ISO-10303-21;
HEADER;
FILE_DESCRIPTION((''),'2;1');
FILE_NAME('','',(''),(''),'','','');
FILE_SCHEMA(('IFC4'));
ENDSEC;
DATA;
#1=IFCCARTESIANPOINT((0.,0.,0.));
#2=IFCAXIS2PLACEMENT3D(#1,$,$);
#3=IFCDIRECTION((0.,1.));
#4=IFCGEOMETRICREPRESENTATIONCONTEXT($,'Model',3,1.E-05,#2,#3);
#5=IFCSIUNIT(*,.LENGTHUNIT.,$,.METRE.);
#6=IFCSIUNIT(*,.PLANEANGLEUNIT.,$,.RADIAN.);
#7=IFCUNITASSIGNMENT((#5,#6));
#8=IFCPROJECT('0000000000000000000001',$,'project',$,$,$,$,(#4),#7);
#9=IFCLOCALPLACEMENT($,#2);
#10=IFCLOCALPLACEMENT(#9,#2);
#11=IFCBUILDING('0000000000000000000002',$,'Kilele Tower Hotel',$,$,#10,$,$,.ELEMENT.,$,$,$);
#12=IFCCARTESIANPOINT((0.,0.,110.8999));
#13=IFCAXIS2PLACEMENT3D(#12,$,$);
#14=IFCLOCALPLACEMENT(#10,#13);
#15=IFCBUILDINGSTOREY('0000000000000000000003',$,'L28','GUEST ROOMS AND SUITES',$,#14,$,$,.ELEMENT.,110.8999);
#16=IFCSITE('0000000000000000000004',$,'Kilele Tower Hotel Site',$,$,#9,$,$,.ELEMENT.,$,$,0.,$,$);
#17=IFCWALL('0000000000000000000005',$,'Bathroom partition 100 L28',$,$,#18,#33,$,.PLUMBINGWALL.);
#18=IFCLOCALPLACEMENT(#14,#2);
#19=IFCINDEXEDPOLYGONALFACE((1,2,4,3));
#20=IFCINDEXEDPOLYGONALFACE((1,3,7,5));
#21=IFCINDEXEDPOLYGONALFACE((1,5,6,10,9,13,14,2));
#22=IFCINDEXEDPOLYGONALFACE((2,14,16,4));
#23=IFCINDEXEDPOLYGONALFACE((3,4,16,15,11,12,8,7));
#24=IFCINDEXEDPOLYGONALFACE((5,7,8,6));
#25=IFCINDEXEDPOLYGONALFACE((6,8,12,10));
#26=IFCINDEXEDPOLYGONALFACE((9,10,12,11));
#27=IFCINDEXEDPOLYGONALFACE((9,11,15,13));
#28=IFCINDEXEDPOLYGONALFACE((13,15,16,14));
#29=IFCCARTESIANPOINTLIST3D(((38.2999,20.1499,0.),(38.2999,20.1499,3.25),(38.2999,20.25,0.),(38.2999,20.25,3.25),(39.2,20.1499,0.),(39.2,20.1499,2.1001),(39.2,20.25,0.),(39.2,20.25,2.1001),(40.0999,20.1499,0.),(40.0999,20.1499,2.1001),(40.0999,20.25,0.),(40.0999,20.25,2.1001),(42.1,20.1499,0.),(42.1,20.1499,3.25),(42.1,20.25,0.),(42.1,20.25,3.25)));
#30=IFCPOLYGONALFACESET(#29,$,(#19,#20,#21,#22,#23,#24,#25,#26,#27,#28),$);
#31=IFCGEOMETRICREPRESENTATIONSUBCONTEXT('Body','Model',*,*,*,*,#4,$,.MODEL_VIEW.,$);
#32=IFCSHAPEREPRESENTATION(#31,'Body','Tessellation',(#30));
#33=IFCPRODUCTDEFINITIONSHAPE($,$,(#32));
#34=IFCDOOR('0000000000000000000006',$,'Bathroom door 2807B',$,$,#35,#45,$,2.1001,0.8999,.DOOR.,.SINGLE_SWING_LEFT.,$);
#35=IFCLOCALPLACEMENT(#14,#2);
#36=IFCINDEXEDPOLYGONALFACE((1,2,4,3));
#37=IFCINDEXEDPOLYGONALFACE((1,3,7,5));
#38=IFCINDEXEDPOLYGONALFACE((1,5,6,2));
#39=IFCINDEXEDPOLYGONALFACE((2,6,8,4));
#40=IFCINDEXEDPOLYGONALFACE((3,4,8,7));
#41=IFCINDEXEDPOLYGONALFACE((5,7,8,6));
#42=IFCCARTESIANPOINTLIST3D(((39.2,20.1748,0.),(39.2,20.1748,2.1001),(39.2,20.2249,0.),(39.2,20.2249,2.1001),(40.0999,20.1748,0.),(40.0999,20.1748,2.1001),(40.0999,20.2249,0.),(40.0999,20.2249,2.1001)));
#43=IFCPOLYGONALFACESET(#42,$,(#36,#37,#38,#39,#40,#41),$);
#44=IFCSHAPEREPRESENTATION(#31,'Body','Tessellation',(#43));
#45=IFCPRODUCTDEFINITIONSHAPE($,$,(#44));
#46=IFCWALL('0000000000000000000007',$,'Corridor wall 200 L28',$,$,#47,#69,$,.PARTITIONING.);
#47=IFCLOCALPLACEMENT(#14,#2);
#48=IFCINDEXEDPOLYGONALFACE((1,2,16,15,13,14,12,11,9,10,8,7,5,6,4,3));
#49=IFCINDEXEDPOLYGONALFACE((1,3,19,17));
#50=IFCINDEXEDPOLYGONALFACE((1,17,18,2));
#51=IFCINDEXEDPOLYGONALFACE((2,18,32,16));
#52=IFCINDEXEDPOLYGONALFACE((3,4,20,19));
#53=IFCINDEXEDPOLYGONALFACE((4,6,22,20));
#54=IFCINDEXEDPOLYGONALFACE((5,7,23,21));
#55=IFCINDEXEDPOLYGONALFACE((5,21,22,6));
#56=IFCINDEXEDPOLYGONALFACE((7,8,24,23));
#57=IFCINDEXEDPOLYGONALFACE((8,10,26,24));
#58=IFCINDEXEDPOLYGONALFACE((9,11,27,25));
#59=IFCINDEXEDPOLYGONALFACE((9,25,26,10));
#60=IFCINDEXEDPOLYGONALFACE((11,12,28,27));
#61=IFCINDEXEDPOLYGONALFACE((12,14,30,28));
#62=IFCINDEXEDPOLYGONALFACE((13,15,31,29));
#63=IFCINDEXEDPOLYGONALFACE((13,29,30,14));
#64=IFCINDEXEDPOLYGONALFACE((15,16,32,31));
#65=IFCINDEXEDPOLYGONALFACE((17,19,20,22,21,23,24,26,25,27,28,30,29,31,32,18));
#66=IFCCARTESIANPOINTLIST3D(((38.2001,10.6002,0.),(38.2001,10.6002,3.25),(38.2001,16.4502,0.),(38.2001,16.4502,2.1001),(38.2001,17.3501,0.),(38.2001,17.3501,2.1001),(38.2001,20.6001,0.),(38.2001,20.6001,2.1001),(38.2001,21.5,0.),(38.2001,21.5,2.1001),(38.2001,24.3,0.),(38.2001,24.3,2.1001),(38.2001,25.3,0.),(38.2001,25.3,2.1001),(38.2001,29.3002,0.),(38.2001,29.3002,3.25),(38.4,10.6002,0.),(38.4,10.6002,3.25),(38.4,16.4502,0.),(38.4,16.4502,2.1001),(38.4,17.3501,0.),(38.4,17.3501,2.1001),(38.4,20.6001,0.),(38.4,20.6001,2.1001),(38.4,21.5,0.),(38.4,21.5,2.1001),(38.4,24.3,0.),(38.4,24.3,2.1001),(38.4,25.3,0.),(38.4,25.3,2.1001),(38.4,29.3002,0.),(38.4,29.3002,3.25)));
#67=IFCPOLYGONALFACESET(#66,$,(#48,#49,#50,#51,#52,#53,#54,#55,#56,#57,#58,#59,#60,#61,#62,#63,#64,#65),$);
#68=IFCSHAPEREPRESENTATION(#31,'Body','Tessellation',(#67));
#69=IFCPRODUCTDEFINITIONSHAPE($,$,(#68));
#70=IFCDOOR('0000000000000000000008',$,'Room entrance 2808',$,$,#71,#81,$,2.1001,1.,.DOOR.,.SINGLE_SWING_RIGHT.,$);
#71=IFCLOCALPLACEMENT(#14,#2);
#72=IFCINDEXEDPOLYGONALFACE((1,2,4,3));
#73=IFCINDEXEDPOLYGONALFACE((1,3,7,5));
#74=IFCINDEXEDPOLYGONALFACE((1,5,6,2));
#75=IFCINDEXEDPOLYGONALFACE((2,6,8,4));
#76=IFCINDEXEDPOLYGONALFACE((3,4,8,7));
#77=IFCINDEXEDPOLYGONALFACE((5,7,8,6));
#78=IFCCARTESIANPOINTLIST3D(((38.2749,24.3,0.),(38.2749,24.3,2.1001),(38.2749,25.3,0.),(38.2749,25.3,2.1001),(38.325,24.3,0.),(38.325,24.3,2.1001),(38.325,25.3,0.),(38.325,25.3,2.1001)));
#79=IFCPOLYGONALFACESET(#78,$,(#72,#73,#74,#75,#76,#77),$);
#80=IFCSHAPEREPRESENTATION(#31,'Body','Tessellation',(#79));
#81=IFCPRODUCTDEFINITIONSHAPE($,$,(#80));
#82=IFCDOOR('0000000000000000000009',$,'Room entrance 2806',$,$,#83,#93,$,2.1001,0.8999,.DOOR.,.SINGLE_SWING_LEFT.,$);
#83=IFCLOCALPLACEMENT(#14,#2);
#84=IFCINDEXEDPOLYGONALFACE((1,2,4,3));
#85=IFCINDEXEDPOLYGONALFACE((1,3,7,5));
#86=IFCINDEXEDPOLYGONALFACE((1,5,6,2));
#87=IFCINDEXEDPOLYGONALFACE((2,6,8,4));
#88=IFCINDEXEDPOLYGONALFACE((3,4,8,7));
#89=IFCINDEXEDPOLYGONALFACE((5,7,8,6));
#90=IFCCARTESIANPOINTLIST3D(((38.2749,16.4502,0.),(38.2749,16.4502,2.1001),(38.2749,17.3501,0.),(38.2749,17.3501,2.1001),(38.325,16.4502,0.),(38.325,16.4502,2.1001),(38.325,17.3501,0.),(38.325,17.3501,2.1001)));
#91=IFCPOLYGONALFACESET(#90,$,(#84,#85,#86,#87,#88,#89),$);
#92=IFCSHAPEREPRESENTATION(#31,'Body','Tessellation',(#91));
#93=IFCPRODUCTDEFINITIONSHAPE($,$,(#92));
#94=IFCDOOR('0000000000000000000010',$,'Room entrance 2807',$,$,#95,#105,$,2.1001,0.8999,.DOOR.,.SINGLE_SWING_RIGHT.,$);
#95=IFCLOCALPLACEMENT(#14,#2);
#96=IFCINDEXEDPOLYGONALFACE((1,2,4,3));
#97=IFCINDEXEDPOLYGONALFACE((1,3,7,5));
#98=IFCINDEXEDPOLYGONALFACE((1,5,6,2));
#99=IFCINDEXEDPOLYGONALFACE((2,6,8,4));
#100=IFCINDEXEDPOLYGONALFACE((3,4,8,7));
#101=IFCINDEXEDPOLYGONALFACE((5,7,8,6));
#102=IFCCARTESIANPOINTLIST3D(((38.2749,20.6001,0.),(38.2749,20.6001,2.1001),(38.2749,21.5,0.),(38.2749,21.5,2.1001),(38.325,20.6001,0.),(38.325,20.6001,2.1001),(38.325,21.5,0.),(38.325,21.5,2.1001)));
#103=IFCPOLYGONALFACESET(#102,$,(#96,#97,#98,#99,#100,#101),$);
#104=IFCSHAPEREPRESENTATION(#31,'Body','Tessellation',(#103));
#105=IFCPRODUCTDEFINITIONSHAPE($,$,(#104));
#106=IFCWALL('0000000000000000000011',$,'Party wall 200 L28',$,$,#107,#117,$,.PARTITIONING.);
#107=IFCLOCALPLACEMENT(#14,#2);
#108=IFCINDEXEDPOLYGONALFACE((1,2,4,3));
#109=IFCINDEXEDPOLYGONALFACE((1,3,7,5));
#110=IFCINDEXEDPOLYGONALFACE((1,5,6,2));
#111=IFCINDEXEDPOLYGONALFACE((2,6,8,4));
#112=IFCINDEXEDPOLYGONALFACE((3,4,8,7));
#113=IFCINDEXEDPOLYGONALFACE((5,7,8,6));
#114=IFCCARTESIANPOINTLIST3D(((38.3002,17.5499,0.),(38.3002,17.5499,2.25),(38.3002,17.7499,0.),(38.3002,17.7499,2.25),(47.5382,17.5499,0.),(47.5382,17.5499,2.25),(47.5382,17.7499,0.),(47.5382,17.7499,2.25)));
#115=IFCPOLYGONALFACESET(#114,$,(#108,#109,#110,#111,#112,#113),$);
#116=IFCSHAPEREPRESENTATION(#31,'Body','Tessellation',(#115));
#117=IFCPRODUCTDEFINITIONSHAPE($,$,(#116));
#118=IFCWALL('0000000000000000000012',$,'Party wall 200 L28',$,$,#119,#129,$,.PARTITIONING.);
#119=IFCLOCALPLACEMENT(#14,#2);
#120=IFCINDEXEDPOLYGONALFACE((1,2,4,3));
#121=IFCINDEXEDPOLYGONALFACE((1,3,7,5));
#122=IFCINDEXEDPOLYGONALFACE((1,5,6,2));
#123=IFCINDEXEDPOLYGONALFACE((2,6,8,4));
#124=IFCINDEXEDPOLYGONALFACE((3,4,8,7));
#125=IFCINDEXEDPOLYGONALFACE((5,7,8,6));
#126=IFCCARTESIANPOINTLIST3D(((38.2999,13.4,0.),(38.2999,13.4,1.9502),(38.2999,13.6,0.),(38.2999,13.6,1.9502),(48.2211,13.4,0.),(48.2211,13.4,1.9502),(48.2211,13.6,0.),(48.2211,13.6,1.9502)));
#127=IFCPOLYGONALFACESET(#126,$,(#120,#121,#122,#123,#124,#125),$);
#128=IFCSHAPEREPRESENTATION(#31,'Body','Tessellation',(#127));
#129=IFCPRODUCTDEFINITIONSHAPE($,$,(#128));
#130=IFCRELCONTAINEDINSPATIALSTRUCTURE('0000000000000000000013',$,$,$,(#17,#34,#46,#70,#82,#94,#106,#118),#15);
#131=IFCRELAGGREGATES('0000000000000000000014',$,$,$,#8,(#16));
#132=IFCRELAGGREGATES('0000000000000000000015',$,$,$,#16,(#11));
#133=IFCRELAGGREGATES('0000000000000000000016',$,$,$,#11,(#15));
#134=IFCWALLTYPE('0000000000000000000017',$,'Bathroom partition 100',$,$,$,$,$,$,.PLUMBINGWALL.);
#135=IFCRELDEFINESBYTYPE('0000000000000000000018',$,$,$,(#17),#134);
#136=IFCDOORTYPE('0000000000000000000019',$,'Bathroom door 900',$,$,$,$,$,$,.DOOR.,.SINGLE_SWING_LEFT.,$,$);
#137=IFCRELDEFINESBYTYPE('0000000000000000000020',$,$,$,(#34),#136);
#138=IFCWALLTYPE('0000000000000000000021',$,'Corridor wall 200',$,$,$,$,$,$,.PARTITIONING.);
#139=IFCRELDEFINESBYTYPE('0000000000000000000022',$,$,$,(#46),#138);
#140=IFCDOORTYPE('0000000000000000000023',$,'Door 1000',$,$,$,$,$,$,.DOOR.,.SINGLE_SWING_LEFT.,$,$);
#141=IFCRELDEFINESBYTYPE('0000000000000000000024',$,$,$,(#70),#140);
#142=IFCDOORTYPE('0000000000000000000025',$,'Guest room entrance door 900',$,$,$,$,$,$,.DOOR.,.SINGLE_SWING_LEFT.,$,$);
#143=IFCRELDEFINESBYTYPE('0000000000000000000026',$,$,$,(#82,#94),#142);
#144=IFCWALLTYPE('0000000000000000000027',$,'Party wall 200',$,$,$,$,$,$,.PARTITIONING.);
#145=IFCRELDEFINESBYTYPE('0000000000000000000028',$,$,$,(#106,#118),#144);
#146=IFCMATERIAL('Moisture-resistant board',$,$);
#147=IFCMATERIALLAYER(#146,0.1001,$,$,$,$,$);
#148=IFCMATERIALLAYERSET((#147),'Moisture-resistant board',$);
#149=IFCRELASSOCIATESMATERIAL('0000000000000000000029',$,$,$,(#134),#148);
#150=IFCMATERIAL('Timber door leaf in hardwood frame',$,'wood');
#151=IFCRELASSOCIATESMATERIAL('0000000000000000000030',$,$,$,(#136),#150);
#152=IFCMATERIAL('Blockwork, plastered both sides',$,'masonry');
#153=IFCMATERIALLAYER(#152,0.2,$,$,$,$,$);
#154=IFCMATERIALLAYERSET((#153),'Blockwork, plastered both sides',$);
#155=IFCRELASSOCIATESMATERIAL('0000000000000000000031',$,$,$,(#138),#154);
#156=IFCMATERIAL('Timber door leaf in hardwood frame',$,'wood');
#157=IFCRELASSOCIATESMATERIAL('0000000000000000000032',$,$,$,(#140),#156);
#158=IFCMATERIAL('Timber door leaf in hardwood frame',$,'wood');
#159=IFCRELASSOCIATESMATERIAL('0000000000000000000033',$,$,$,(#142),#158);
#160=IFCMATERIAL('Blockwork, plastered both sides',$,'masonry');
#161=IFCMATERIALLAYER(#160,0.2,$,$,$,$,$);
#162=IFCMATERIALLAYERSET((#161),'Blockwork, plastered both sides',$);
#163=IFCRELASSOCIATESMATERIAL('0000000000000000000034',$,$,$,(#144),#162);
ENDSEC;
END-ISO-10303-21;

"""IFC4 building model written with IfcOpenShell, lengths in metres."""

from ifc_helpers import new_model, si_unit, direction, frame, frame_2d, origin, place, context, subcontext, project, spatial, rectangle, extrude, material, layer, layer_set, type_object, element, fill, save


model = new_model("IFC4")

# Units and contexts
model_context = context("Model", 3, precision=1e-05, world=origin(), true_north=direction((0.0, 1.0)))
body_context = subcontext(model_context, "Body", "Model", "MODEL_VIEW")
ifc_project = project(units=[si_unit("LENGTHUNIT", "METRE"), si_unit("PLANEANGLEUNIT", "RADIAN")], contexts=[model_context])

# Site, building, storey
site_placement = place(None, origin())
site = spatial("IfcSite", under=ifc_project, at=site_placement, Name="Kilele Tower Hotel Site", CompositionType="ELEMENT", RefElevation=0.0)
building_placement = place(site_placement, origin())
building = spatial("IfcBuilding", under=site, at=building_placement, Name="Kilele Tower Hotel", CompositionType="ELEMENT")
storey_placement = place(building_placement, frame((0.0, 0.0, 110.8999)))
storey = spatial("IfcBuildingStorey", under=building, at=storey_placement, Name="L28", Description="GUEST ROOMS AND SUITES", CompositionType="ELEMENT", Elevation=110.8999)

# Shared definitions
ifc_material_1 = material(Name="Moisture-resistant board")
ifc_layer_1 = layer(ifc_material_1, 0.1001)
ifc_layer_set_1 = layer_set([ifc_layer_1], Name="Moisture-resistant board")
wall_type_1 = type_object("IfcWallType", Name="Bathroom partition 100", PredefinedType="PLUMBINGWALL", material=ifc_layer_set_1)

# Shared definitions
ifc_material_2 = material(Name="Timber door leaf in hardwood frame", Category="wood")
door_type_1 = type_object("IfcDoorType", Name="Bathroom door 900", OperationType="SINGLE_SWING_LEFT", PredefinedType="DOOR", material=ifc_material_2)

# Wall, opening, door
wall_1_placement = place(storey_placement, frame((38.3, 20.2, 0.0), z_axis=(0.0, 0.0, 1.0), x_axis=(1.0, 0.0, 0.0)))
wall_1 = element("IfcWall", 1, at=wall_1_placement, inside=storey, type_object=wall_type_1, Name="Bathroom partition 100 L28", PredefinedType="PLUMBINGWALL", context=body_context, shape_type="SweptSolid", body=[
    extrude(rectangle(XDim=3.8, YDim=0.1001, at=frame_2d((1.8999, 0.0))), origin(), (0.0, 0.0, 1.0), 3.25),
])
opening_1_placement = place(wall_1_placement, frame((0.8999, 0.0, 0.0)))
opening_1 = element("IfcOpeningElement", 2, at=opening_1_placement, cuts=wall_1, PredefinedType="OPENING", context=body_context, shape_type="SweptSolid", body=[
    extrude(rectangle(XDim=0.8999, YDim=2.1001, at=frame_2d((0.45, 1.05))), frame((0.0, 0.0601, 0.0), z_axis=(0.0, -1.0, 0.0), x_axis=(1.0, 0.0, 0.0)), (0.0, 0.0, 1.0), 0.1201),
])
door_1_placement = place(opening_1_placement, origin())
door_1 = element("IfcDoor", 3, at=door_1_placement, inside=storey, type_object=door_type_1, Name="Bathroom door 2807B", OperationType="SINGLE_SWING_LEFT", OverallHeight=2.1001, OverallWidth=0.8999, PredefinedType="DOOR", context=body_context, shape_type="SweptSolid", body=[
    extrude(rectangle(XDim=0.8999, YDim=2.1001, at=frame_2d((0.45, 1.05))), frame((0.0, 0.0249, 0.0), z_axis=(0.0, -1.0, 0.0), x_axis=(1.0, 0.0, 0.0)), (0.0, 0.0, 1.0), 0.05),
])
fill(opening_1, door_1)

# Wall, openings, doors
ifc_material_3 = material(Name="Blockwork, plastered both sides", Category="masonry")
ifc_layer_2 = layer(ifc_material_3, 0.2)
ifc_layer_set_2 = layer_set([ifc_layer_2], Name="Blockwork, plastered both sides")
wall_type_2 = type_object("IfcWallType", Name="Corridor wall 200", PredefinedType="PARTITIONING", material=ifc_layer_set_2)
wall_2_placement = place(storey_placement, frame((38.3, 10.6001, 0.0), z_axis=(0.0, 0.0, 1.0), x_axis=(0.0, 1.0, 0.0)))
wall_2 = element("IfcWall", 4, at=wall_2_placement, inside=storey, type_object=wall_type_2, Name="Corridor wall 200 L28", PredefinedType="PARTITIONING", context=body_context, shape_type="SweptSolid", body=[
    extrude(rectangle(XDim=18.7, YDim=0.2, at=frame_2d((9.3501, 0.0))), origin(), (0.0, 0.0, 1.0), 3.25),
])
opening_2_placement = place(wall_2_placement, frame((6.75, 0.0, 0.0), z_axis=(0.0, 0.0, 1.0), x_axis=(-1.0, 0.0, 0.0)))
opening_2 = element("IfcOpeningElement", 5, at=opening_2_placement, cuts=wall_2, PredefinedType="OPENING", context=body_context, shape_type="SweptSolid", body=[
    extrude(rectangle(XDim=0.8999, YDim=2.1001, at=frame_2d((0.45, 1.05))), frame((0.0, 0.1099, 0.0), z_axis=(0.0, -1.0, 0.0), x_axis=(1.0, 0.0, 0.0)), (0.0, 0.0, 1.0), 0.22),
])
opening_3_placement = place(wall_2_placement, frame((10.8999, 0.0, 0.0), z_axis=(0.0, 0.0, 1.0), x_axis=(-1.0, 0.0, 0.0)))
opening_3 = element("IfcOpeningElement", 6, at=opening_3_placement, cuts=wall_2, PredefinedType="OPENING", context=body_context, shape_type="SweptSolid", body=[
    extrude(rectangle(XDim=0.8999, YDim=2.1001, at=frame_2d((0.45, 1.05))), frame((0.0, 0.1099, 0.0), z_axis=(0.0, -1.0, 0.0), x_axis=(1.0, 0.0, 0.0)), (0.0, 0.0, 1.0), 0.22),
])
opening_4_placement = place(wall_2_placement, frame((14.7, 0.0, 0.0), z_axis=(0.0, 0.0, 1.0), x_axis=(-1.0, 0.0, 0.0)))
opening_4 = element("IfcOpeningElement", 7, at=opening_4_placement, cuts=wall_2, PredefinedType="OPENING", context=body_context, shape_type="SweptSolid", body=[
    extrude(rectangle(XDim=1.0, YDim=2.1001, at=frame_2d((0.5, 1.05))), frame((0.0, 0.1099, 0.0), z_axis=(0.0, -1.0, 0.0), x_axis=(1.0, 0.0, 0.0)), (0.0, 0.0, 1.0), 0.22),
])
ifc_material_4 = material(Name="Timber door leaf in hardwood frame", Category="wood")
door_type_2 = type_object("IfcDoorType", Name="Door 1000", OperationType="SINGLE_SWING_LEFT", PredefinedType="DOOR", material=ifc_material_4)
door_2_placement = place(opening_4_placement, origin())
door_2 = element("IfcDoor", 8, at=door_2_placement, inside=storey, type_object=door_type_2, Name="Room entrance 2808", OperationType="SINGLE_SWING_RIGHT", OverallHeight=2.1001, OverallWidth=1.0, PredefinedType="DOOR", context=body_context, shape_type="SweptSolid", body=[
    extrude(rectangle(XDim=1.0, YDim=2.1001, at=frame_2d((0.5, 1.05))), frame((0.0, 0.0249, 0.0), z_axis=(0.0, -1.0, 0.0), x_axis=(1.0, 0.0, 0.0)), (0.0, 0.0, 1.0), 0.05),
])
fill(opening_4, door_2)
ifc_material_5 = material(Name="Timber door leaf in hardwood frame", Category="wood")
door_type_3 = type_object("IfcDoorType", Name="Guest room entrance door 900", OperationType="SINGLE_SWING_LEFT", PredefinedType="DOOR", material=ifc_material_5)
door_3_placement = place(opening_2_placement, origin())
door_3 = element("IfcDoor", 9, at=door_3_placement, inside=storey, type_object=door_type_3, Name="Room entrance 2806", OperationType="SINGLE_SWING_LEFT", OverallHeight=2.1001, OverallWidth=0.8999, PredefinedType="DOOR", context=body_context, shape_type="SweptSolid", body=[
    extrude(rectangle(XDim=0.8999, YDim=2.1001, at=frame_2d((0.45, 1.05))), frame((0.0, 0.0249, 0.0), z_axis=(0.0, -1.0, 0.0), x_axis=(1.0, 0.0, 0.0)), (0.0, 0.0, 1.0), 0.05),
])
fill(opening_2, door_3)
door_4_placement = place(opening_3_placement, origin())
door_4 = element("IfcDoor", 10, at=door_4_placement, inside=storey, type_object=door_type_3, Name="Room entrance 2807", OperationType="SINGLE_SWING_RIGHT", OverallHeight=2.1001, OverallWidth=0.8999, PredefinedType="DOOR", context=body_context, shape_type="SweptSolid", body=[
    extrude(rectangle(XDim=0.8999, YDim=2.1001, at=frame_2d((0.45, 1.05))), frame((0.0, 0.0249, 0.0), z_axis=(0.0, -1.0, 0.0), x_axis=(1.0, 0.0, 0.0)), (0.0, 0.0, 1.0), 0.05),
])
fill(opening_3, door_4)

# Walls
ifc_material_6 = material(Name="Blockwork, plastered both sides", Category="masonry")
ifc_layer_3 = layer(ifc_material_6, 0.2)
ifc_layer_set_3 = layer_set([ifc_layer_3], Name="Blockwork, plastered both sides")
wall_type_3 = type_object("IfcWallType", Name="Party wall 200", PredefinedType="PARTITIONING", material=ifc_layer_set_3)
wall_3_placement = place(storey_placement, frame((38.3, 17.6499, 0.0), z_axis=(0.0, 0.0, 1.0), x_axis=(1.0, 0.0, 0.0)))
element("IfcWall", 11, at=wall_3_placement, inside=storey, type_object=wall_type_3, Name="Party wall 200 L28", PredefinedType="PARTITIONING", context=body_context, shape_type="SweptSolid", body=[
    extrude(rectangle(XDim=9.238, YDim=0.2, at=frame_2d((4.6191, 0.0))), origin(), (0.0, 0.0, 1.0), 2.25),
])
wall_4_placement = place(storey_placement, frame((38.3, 13.5, 0.0), z_axis=(0.0, 0.0, 1.0), x_axis=(1.0, 0.0, 0.0)))
element("IfcWall", 12, at=wall_4_placement, inside=storey, type_object=wall_type_3, Name="Party wall 200 L28", PredefinedType="PARTITIONING", context=body_context, shape_type="SweptSolid", body=[
    extrude(rectangle(XDim=9.9211, YDim=0.2, at=frame_2d((4.9604, 0.0))), origin(), (0.0, 0.0, 1.0), 1.9502),
])

save(model, "model.ifc")
